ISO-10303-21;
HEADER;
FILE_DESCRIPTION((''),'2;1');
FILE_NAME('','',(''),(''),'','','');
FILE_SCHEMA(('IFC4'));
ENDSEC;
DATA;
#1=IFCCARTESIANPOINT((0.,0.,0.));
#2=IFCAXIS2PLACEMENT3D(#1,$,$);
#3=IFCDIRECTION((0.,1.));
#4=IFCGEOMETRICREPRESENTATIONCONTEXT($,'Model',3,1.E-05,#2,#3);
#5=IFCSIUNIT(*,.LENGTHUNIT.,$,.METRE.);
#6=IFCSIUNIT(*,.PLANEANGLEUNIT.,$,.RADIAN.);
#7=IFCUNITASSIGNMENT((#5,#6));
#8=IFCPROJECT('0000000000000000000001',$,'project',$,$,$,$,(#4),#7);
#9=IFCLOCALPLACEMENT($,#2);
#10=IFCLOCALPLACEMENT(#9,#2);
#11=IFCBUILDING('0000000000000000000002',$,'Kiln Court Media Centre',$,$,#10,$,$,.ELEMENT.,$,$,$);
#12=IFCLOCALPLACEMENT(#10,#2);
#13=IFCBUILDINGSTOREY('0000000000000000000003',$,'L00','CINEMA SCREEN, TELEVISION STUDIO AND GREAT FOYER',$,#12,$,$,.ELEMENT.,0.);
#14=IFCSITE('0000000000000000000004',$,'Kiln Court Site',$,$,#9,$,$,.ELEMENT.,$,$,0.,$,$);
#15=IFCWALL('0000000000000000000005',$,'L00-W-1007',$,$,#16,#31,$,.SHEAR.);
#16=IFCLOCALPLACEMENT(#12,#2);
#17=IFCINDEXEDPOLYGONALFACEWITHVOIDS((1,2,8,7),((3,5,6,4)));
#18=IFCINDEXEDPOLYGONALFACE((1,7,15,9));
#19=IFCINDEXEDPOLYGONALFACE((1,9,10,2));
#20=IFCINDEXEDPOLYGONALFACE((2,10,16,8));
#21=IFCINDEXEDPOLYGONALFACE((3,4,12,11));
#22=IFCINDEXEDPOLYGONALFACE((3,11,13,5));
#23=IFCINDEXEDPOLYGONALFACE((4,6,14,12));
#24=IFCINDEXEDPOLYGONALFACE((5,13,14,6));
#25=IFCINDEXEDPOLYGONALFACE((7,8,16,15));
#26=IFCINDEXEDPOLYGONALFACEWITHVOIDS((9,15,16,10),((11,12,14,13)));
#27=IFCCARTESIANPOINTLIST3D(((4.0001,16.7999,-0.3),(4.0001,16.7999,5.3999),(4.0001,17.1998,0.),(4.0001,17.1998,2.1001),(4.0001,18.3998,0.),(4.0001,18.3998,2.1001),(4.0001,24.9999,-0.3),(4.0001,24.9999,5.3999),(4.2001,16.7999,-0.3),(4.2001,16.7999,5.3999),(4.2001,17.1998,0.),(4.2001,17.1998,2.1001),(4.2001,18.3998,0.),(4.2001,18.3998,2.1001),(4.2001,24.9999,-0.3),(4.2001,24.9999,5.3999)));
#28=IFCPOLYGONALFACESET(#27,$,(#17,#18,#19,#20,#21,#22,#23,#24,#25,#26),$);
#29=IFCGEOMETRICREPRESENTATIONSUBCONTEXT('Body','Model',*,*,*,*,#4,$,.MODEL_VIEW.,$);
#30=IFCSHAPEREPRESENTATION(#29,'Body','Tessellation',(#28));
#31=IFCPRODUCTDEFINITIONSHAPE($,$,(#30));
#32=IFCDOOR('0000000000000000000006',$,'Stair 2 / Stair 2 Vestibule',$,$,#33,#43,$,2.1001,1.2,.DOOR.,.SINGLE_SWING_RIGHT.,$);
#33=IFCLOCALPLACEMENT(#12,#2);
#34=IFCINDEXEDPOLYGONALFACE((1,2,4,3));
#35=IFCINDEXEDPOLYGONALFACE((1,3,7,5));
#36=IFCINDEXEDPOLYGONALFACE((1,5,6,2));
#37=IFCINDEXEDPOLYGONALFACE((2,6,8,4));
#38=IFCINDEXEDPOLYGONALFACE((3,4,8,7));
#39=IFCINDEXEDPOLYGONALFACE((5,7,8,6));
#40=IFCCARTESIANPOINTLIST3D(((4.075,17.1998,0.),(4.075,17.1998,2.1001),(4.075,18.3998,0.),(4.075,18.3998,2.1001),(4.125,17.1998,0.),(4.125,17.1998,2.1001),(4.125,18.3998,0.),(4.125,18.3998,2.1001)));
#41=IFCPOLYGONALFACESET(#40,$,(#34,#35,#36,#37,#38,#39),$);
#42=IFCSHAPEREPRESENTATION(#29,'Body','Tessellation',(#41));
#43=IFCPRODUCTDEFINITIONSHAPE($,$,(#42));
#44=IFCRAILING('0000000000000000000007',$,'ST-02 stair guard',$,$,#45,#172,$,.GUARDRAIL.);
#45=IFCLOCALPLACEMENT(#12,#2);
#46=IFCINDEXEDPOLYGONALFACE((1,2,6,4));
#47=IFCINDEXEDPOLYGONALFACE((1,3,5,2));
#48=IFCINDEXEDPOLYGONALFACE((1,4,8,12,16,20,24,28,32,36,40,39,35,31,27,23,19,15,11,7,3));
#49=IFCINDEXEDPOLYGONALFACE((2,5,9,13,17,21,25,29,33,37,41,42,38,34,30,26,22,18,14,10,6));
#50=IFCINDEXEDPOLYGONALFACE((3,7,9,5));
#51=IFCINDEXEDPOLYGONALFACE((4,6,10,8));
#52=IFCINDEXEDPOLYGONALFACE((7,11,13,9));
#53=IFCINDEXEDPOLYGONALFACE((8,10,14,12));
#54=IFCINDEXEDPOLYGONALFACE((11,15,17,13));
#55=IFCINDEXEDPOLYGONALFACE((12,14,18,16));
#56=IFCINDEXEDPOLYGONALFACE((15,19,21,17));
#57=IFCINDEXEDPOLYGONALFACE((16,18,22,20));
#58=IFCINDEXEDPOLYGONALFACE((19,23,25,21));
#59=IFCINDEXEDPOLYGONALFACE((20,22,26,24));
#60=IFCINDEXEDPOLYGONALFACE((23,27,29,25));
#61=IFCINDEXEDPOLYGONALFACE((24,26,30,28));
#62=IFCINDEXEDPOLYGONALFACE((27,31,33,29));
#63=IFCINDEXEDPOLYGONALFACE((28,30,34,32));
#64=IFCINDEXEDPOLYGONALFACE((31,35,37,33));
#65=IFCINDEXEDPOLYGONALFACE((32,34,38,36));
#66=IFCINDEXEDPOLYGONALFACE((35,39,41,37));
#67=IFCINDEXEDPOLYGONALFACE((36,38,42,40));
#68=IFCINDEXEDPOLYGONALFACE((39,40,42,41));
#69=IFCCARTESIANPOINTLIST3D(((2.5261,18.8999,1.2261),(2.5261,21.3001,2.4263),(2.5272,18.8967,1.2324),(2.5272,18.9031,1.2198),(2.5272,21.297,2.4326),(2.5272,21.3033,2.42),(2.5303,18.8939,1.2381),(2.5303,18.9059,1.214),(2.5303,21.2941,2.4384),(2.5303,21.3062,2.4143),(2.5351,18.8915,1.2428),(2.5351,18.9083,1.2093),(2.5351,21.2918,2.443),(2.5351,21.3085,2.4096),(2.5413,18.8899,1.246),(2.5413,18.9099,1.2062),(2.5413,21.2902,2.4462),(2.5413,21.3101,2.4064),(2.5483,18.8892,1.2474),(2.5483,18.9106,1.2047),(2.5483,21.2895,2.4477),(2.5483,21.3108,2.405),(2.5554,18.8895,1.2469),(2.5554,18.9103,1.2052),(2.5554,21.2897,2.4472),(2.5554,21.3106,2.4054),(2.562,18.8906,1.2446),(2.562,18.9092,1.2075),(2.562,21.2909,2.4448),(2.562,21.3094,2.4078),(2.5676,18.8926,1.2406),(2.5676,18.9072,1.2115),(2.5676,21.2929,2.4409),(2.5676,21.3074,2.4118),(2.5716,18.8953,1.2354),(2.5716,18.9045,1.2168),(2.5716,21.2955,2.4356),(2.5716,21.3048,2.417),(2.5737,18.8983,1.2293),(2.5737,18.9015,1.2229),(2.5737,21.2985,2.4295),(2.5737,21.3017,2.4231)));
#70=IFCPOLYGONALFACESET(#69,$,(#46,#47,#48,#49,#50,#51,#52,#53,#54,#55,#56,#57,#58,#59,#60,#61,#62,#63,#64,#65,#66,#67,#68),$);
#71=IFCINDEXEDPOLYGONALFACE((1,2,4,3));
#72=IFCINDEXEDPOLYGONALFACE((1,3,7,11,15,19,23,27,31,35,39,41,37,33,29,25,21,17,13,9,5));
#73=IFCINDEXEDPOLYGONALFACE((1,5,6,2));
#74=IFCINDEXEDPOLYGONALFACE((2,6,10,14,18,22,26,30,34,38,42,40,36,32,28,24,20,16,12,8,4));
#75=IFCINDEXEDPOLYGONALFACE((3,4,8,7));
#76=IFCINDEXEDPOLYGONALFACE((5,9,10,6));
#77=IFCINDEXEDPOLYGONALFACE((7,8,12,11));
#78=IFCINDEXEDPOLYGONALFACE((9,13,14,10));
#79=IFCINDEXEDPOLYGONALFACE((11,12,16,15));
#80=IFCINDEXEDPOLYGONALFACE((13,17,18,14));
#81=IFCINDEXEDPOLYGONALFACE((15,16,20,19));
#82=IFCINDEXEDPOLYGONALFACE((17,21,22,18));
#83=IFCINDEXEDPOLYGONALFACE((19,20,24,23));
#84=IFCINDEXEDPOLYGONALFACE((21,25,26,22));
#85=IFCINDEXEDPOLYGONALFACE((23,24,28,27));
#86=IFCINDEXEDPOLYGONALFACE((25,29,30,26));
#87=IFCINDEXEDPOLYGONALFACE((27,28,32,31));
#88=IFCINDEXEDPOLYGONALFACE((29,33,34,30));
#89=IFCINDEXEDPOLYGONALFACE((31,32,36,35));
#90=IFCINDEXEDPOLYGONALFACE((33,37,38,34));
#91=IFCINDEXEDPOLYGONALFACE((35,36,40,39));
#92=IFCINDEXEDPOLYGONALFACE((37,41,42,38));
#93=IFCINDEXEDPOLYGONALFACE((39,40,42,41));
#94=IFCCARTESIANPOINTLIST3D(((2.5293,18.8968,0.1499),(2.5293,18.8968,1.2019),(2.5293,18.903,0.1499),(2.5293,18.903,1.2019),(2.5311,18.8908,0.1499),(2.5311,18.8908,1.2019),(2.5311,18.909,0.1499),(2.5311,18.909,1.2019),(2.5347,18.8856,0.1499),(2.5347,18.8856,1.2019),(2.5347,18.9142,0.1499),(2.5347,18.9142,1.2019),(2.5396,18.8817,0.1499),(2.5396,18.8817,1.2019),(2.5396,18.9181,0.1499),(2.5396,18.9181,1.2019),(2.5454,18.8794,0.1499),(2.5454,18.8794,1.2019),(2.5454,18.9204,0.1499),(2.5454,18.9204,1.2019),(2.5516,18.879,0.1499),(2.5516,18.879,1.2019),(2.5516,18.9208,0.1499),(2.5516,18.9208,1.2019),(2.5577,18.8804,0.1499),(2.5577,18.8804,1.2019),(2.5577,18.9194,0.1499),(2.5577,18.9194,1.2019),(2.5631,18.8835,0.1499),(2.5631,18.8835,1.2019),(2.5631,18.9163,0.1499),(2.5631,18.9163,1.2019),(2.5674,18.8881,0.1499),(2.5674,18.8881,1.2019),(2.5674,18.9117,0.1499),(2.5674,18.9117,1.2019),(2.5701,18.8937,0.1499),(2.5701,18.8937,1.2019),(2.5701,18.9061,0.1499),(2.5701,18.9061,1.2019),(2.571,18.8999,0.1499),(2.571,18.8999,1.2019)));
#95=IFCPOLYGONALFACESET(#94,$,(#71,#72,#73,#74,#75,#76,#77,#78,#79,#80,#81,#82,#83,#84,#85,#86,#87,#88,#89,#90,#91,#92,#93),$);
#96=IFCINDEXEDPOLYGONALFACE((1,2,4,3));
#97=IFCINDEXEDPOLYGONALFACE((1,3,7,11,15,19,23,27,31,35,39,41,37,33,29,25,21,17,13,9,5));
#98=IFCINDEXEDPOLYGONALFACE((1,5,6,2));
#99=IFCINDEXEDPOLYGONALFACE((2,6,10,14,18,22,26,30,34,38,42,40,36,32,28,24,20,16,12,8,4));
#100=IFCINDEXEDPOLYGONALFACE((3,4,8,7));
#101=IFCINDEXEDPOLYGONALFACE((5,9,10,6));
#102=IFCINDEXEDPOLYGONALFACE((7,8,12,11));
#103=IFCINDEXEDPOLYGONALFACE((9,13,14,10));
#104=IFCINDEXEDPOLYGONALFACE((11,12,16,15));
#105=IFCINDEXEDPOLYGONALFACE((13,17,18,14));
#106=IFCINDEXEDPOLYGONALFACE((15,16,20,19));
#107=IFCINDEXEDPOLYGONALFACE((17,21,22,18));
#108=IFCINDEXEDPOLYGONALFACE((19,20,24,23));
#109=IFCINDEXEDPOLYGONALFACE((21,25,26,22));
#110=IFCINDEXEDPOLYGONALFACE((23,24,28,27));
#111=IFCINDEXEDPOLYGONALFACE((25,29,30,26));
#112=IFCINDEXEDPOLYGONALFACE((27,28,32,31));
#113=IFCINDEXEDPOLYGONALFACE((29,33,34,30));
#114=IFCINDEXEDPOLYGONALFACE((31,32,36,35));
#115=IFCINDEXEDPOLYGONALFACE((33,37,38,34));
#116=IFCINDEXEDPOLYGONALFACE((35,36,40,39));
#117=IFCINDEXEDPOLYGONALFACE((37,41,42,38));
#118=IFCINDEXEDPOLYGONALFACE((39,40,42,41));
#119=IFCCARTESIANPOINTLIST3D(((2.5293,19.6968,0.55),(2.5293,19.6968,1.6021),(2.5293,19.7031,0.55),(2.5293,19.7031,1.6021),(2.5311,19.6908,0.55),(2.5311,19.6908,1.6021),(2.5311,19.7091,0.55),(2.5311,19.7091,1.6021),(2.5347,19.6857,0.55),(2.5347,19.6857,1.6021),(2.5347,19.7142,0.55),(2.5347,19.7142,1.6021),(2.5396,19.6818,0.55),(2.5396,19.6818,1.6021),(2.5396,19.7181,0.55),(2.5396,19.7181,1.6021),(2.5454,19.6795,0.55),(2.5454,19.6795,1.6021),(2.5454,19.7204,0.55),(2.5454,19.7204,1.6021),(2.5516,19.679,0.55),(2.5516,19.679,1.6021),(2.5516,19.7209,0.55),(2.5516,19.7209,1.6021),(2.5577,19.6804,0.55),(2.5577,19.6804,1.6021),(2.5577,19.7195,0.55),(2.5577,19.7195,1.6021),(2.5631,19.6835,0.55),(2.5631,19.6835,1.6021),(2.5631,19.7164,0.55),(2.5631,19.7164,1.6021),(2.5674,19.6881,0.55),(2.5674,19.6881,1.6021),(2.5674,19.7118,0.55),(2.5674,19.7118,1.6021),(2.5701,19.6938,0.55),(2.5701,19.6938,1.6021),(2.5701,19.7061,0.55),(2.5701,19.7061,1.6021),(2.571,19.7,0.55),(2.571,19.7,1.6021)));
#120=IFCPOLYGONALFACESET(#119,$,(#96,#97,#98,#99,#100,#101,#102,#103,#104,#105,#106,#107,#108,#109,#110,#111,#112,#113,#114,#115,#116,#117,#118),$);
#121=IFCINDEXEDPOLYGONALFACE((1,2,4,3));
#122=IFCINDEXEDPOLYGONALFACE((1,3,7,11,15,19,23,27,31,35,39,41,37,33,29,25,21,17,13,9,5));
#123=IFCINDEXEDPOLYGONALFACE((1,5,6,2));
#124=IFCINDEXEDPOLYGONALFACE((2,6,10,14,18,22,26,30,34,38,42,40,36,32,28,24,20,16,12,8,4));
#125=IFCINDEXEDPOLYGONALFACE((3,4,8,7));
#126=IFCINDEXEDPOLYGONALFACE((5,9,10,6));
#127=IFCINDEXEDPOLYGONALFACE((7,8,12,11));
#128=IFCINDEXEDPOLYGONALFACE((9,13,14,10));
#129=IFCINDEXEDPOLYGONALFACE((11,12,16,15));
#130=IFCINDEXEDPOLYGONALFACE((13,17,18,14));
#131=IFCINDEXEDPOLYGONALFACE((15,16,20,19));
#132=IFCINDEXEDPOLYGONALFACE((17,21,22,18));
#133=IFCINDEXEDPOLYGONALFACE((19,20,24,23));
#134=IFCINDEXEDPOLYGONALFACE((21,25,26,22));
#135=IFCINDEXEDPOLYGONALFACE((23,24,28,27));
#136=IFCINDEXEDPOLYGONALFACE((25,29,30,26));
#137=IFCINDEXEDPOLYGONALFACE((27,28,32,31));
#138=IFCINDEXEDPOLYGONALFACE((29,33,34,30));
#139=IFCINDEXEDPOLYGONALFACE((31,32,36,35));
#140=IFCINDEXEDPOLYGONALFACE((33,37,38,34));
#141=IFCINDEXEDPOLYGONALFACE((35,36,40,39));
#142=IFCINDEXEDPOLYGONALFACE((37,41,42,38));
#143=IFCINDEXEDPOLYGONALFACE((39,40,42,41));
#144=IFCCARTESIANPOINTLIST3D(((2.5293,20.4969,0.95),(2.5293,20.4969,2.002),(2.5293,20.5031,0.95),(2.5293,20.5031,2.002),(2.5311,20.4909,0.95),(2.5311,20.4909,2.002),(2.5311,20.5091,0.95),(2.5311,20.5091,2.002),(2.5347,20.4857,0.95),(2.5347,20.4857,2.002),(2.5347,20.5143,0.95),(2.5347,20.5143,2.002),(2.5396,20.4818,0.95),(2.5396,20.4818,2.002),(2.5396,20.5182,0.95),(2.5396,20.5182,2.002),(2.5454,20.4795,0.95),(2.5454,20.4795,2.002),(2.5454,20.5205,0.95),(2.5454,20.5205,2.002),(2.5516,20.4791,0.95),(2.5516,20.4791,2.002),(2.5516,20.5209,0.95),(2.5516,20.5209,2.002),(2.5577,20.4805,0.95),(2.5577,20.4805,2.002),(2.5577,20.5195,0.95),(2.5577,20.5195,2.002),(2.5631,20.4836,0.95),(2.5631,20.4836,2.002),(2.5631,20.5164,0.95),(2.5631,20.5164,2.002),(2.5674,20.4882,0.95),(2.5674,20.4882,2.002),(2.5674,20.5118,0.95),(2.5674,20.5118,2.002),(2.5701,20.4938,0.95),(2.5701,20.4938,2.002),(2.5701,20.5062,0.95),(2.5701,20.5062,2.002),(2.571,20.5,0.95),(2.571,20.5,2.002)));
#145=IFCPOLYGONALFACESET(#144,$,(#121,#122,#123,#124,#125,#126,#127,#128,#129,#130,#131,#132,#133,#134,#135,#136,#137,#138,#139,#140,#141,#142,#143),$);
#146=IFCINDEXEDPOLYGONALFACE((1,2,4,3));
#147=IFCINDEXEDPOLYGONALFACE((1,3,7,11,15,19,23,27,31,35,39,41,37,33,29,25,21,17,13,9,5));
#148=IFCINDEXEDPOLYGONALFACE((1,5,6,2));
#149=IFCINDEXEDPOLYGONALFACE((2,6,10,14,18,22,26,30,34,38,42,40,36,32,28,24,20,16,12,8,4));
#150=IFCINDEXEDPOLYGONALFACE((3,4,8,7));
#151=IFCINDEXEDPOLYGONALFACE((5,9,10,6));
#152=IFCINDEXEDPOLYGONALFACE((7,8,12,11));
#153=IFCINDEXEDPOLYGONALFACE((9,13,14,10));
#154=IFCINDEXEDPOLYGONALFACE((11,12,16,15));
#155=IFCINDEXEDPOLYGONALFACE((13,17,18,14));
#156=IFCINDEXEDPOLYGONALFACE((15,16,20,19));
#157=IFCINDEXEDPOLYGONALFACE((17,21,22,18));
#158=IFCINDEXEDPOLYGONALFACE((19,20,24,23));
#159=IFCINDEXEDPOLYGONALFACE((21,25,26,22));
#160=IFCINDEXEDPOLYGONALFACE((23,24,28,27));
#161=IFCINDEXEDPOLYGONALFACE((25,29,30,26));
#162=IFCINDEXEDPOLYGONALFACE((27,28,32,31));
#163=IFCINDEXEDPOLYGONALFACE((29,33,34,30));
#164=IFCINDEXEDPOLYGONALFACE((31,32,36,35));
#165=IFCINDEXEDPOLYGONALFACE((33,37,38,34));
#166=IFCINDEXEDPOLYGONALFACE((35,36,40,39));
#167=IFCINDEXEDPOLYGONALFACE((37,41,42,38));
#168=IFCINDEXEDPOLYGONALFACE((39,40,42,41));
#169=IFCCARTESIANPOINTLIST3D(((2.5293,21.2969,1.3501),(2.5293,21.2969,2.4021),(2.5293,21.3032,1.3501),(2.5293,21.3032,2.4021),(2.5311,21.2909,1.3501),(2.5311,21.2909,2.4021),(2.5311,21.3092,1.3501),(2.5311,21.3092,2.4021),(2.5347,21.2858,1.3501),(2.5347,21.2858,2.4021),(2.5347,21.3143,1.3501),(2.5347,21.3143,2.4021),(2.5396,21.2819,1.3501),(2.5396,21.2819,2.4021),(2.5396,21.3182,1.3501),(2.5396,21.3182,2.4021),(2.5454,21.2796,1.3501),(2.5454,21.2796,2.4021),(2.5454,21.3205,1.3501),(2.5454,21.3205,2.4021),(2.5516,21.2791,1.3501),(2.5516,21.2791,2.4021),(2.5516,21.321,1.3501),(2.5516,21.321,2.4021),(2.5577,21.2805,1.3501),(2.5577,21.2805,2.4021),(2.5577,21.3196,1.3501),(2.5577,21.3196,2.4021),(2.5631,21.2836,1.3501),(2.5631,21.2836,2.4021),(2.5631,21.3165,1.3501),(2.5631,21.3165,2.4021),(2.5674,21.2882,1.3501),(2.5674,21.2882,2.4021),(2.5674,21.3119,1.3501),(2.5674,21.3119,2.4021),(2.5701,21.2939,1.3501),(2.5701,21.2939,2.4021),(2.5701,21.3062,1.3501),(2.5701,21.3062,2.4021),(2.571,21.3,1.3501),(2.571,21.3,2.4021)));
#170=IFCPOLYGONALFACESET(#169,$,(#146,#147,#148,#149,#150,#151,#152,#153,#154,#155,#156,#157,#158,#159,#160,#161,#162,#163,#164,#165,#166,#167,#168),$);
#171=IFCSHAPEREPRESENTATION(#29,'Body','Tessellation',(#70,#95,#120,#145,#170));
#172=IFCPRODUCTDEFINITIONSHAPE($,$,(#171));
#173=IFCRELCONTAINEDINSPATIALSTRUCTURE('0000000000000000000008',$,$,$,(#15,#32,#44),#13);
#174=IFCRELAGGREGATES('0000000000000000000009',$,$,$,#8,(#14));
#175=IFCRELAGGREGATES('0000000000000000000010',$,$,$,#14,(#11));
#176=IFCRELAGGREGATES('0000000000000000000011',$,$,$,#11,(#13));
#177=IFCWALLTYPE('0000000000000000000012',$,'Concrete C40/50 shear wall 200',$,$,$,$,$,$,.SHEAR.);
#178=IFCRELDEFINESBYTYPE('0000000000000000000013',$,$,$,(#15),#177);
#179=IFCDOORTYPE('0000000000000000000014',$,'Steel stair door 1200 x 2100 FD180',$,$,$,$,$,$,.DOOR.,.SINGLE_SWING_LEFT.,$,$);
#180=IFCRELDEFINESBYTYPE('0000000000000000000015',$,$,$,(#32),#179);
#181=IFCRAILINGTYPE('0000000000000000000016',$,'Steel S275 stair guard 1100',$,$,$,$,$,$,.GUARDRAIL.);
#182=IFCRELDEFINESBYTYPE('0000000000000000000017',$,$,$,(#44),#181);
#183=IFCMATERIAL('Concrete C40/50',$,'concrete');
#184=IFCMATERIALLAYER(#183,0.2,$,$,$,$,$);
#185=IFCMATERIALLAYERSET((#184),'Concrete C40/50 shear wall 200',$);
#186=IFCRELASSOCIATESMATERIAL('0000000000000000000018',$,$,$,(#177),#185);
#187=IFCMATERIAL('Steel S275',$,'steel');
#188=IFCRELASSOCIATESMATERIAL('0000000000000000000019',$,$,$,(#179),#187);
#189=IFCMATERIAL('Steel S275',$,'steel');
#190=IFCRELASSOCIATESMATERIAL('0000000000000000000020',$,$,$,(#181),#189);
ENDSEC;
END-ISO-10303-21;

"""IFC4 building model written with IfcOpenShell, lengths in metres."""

from ifc_helpers import new_model, si_unit, direction, frame, frame_2d, origin, origin_2d, place, context, subcontext, project, spatial, rectangle, circle, extrude, material, layer, layer_set, type_object, element, fill, save


model = new_model("IFC4")

# Units and contexts
model_context = context("Model", 3, precision=1e-05, world=origin(), true_north=direction((0.0, 1.0)))
body_context = subcontext(model_context, "Body", "Model", "MODEL_VIEW")
ifc_project = project(units=[si_unit("LENGTHUNIT", "METRE"), si_unit("PLANEANGLEUNIT", "RADIAN")], contexts=[model_context])

# Site, building, storey
site_placement = place(None, origin())
site = spatial("IfcSite", under=ifc_project, at=site_placement, Name="Kiln Court Site", CompositionType="ELEMENT", RefElevation=0.0)
building_placement = place(site_placement, origin())
building = spatial("IfcBuilding", under=site, at=building_placement, Name="Kiln Court Media Centre", CompositionType="ELEMENT")
storey_placement = place(building_placement, origin())
storey = spatial("IfcBuildingStorey", under=building, at=storey_placement, Name="L00", Description="CINEMA SCREEN, TELEVISION STUDIO AND GREAT FOYER", CompositionType="ELEMENT", Elevation=0.0)

# Wall, opening, door
ifc_material_1 = material(Name="Concrete C40/50", Category="concrete")
ifc_layer_1 = layer(ifc_material_1, 0.2)
ifc_layer_set_1 = layer_set([ifc_layer_1], Name="Concrete C40/50 shear wall 200")
wall_type_1 = type_object("IfcWallType", Name="Concrete C40/50 shear wall 200", PredefinedType="SHEAR", material=ifc_layer_set_1)
wall_1_placement = place(storey_placement, frame((4.1001, 25.0, -0.3), z_axis=(0.0, 0.0, 1.0), x_axis=(0.0, -1.0, 0.0)))
wall_1 = element("IfcWall", 1, at=wall_1_placement, inside=storey, type_object=wall_type_1, Name="L00-W-1007", PredefinedType="SHEAR", context=body_context, shape_type="SweptSolid", body=[
    extrude(rectangle(XDim=8.2, YDim=0.2, at=frame_2d((4.1001, 0.0))), origin(), (0.0, 0.0, 1.0), 5.7),
])
opening_1_placement = place(wall_1_placement, frame((6.6001, 0.0, 0.3)))
opening_1 = element("IfcOpeningElement", 2, at=opening_1_placement, cuts=wall_1, PredefinedType="OPENING", context=body_context, shape_type="SweptSolid", body=[
    extrude(rectangle(XDim=1.2, YDim=2.1001, at=frame_2d((0.6001, 1.05))), frame((0.0, 0.1099, 0.0), z_axis=(0.0, -1.0, 0.0), x_axis=(1.0, 0.0, 0.0)), (0.0, 0.0, 1.0), 0.22),
])
ifc_material_2 = material(Name="Steel S275", Category="steel")
door_type_1 = type_object("IfcDoorType", Name="Steel stair door 1200 x 2100 FD180", OperationType="SINGLE_SWING_LEFT", PredefinedType="DOOR", material=ifc_material_2)
door_1_placement = place(opening_1_placement, origin())
door_1 = element("IfcDoor", 3, at=door_1_placement, inside=storey, type_object=door_type_1, Name="Stair 2 / Stair 2 Vestibule", OperationType="SINGLE_SWING_RIGHT", OverallHeight=2.1001, OverallWidth=1.2, PredefinedType="DOOR", context=body_context, shape_type="SweptSolid", body=[
    extrude(rectangle(XDim=1.2, YDim=2.1001, at=frame_2d((0.6001, 1.05))), frame((0.0, 0.0249, 0.0), z_axis=(0.0, -1.0, 0.0), x_axis=(1.0, 0.0, 0.0)), (0.0, 0.0, 1.0), 0.05),
])
fill(opening_1, door_1)

# Railing
ifc_material_3 = material(Name="Steel S275", Category="steel")
railing_type_1 = type_object("IfcRailingType", Name="Steel S275 stair guard 1100", PredefinedType="GUARDRAIL", material=ifc_material_3)
railing_1_placement = place(storey_placement, frame((2.55, 18.8999, 0.1499)))
element("IfcRailing", 4, at=railing_1_placement, inside=storey, type_object=railing_type_1, Name="ST-02 stair guard", PredefinedType="GUARDRAIL", context=body_context, shape_type="SweptSolid", body=[
    extrude(circle(Radius=0.0239, at=origin_2d()), frame((0.0, 0.0, 1.0762), z_axis=(0.0, 0.894409, 0.44725), x_axis=(-1.0, 0.0, 0.0)), (0.0, 0.0, 1.0), 2.6836),
    extrude(circle(Radius=0.021, at=origin_2d()), origin(), (0.0, 0.0, 1.0), 1.052),
    extrude(circle(Radius=0.021, at=origin_2d()), frame((0.0, 0.8, 0.4001)), (0.0, 0.0, 1.0), 1.052),
    extrude(circle(Radius=0.021, at=origin_2d()), frame((0.0, 1.6001, 0.8)), (0.0, 0.0, 1.0), 1.052),
    extrude(circle(Radius=0.021, at=origin_2d()), frame((0.0, 2.4001, 1.2002)), (0.0, 0.0, 1.0), 1.052),
])

save(model, "model.ifc")
